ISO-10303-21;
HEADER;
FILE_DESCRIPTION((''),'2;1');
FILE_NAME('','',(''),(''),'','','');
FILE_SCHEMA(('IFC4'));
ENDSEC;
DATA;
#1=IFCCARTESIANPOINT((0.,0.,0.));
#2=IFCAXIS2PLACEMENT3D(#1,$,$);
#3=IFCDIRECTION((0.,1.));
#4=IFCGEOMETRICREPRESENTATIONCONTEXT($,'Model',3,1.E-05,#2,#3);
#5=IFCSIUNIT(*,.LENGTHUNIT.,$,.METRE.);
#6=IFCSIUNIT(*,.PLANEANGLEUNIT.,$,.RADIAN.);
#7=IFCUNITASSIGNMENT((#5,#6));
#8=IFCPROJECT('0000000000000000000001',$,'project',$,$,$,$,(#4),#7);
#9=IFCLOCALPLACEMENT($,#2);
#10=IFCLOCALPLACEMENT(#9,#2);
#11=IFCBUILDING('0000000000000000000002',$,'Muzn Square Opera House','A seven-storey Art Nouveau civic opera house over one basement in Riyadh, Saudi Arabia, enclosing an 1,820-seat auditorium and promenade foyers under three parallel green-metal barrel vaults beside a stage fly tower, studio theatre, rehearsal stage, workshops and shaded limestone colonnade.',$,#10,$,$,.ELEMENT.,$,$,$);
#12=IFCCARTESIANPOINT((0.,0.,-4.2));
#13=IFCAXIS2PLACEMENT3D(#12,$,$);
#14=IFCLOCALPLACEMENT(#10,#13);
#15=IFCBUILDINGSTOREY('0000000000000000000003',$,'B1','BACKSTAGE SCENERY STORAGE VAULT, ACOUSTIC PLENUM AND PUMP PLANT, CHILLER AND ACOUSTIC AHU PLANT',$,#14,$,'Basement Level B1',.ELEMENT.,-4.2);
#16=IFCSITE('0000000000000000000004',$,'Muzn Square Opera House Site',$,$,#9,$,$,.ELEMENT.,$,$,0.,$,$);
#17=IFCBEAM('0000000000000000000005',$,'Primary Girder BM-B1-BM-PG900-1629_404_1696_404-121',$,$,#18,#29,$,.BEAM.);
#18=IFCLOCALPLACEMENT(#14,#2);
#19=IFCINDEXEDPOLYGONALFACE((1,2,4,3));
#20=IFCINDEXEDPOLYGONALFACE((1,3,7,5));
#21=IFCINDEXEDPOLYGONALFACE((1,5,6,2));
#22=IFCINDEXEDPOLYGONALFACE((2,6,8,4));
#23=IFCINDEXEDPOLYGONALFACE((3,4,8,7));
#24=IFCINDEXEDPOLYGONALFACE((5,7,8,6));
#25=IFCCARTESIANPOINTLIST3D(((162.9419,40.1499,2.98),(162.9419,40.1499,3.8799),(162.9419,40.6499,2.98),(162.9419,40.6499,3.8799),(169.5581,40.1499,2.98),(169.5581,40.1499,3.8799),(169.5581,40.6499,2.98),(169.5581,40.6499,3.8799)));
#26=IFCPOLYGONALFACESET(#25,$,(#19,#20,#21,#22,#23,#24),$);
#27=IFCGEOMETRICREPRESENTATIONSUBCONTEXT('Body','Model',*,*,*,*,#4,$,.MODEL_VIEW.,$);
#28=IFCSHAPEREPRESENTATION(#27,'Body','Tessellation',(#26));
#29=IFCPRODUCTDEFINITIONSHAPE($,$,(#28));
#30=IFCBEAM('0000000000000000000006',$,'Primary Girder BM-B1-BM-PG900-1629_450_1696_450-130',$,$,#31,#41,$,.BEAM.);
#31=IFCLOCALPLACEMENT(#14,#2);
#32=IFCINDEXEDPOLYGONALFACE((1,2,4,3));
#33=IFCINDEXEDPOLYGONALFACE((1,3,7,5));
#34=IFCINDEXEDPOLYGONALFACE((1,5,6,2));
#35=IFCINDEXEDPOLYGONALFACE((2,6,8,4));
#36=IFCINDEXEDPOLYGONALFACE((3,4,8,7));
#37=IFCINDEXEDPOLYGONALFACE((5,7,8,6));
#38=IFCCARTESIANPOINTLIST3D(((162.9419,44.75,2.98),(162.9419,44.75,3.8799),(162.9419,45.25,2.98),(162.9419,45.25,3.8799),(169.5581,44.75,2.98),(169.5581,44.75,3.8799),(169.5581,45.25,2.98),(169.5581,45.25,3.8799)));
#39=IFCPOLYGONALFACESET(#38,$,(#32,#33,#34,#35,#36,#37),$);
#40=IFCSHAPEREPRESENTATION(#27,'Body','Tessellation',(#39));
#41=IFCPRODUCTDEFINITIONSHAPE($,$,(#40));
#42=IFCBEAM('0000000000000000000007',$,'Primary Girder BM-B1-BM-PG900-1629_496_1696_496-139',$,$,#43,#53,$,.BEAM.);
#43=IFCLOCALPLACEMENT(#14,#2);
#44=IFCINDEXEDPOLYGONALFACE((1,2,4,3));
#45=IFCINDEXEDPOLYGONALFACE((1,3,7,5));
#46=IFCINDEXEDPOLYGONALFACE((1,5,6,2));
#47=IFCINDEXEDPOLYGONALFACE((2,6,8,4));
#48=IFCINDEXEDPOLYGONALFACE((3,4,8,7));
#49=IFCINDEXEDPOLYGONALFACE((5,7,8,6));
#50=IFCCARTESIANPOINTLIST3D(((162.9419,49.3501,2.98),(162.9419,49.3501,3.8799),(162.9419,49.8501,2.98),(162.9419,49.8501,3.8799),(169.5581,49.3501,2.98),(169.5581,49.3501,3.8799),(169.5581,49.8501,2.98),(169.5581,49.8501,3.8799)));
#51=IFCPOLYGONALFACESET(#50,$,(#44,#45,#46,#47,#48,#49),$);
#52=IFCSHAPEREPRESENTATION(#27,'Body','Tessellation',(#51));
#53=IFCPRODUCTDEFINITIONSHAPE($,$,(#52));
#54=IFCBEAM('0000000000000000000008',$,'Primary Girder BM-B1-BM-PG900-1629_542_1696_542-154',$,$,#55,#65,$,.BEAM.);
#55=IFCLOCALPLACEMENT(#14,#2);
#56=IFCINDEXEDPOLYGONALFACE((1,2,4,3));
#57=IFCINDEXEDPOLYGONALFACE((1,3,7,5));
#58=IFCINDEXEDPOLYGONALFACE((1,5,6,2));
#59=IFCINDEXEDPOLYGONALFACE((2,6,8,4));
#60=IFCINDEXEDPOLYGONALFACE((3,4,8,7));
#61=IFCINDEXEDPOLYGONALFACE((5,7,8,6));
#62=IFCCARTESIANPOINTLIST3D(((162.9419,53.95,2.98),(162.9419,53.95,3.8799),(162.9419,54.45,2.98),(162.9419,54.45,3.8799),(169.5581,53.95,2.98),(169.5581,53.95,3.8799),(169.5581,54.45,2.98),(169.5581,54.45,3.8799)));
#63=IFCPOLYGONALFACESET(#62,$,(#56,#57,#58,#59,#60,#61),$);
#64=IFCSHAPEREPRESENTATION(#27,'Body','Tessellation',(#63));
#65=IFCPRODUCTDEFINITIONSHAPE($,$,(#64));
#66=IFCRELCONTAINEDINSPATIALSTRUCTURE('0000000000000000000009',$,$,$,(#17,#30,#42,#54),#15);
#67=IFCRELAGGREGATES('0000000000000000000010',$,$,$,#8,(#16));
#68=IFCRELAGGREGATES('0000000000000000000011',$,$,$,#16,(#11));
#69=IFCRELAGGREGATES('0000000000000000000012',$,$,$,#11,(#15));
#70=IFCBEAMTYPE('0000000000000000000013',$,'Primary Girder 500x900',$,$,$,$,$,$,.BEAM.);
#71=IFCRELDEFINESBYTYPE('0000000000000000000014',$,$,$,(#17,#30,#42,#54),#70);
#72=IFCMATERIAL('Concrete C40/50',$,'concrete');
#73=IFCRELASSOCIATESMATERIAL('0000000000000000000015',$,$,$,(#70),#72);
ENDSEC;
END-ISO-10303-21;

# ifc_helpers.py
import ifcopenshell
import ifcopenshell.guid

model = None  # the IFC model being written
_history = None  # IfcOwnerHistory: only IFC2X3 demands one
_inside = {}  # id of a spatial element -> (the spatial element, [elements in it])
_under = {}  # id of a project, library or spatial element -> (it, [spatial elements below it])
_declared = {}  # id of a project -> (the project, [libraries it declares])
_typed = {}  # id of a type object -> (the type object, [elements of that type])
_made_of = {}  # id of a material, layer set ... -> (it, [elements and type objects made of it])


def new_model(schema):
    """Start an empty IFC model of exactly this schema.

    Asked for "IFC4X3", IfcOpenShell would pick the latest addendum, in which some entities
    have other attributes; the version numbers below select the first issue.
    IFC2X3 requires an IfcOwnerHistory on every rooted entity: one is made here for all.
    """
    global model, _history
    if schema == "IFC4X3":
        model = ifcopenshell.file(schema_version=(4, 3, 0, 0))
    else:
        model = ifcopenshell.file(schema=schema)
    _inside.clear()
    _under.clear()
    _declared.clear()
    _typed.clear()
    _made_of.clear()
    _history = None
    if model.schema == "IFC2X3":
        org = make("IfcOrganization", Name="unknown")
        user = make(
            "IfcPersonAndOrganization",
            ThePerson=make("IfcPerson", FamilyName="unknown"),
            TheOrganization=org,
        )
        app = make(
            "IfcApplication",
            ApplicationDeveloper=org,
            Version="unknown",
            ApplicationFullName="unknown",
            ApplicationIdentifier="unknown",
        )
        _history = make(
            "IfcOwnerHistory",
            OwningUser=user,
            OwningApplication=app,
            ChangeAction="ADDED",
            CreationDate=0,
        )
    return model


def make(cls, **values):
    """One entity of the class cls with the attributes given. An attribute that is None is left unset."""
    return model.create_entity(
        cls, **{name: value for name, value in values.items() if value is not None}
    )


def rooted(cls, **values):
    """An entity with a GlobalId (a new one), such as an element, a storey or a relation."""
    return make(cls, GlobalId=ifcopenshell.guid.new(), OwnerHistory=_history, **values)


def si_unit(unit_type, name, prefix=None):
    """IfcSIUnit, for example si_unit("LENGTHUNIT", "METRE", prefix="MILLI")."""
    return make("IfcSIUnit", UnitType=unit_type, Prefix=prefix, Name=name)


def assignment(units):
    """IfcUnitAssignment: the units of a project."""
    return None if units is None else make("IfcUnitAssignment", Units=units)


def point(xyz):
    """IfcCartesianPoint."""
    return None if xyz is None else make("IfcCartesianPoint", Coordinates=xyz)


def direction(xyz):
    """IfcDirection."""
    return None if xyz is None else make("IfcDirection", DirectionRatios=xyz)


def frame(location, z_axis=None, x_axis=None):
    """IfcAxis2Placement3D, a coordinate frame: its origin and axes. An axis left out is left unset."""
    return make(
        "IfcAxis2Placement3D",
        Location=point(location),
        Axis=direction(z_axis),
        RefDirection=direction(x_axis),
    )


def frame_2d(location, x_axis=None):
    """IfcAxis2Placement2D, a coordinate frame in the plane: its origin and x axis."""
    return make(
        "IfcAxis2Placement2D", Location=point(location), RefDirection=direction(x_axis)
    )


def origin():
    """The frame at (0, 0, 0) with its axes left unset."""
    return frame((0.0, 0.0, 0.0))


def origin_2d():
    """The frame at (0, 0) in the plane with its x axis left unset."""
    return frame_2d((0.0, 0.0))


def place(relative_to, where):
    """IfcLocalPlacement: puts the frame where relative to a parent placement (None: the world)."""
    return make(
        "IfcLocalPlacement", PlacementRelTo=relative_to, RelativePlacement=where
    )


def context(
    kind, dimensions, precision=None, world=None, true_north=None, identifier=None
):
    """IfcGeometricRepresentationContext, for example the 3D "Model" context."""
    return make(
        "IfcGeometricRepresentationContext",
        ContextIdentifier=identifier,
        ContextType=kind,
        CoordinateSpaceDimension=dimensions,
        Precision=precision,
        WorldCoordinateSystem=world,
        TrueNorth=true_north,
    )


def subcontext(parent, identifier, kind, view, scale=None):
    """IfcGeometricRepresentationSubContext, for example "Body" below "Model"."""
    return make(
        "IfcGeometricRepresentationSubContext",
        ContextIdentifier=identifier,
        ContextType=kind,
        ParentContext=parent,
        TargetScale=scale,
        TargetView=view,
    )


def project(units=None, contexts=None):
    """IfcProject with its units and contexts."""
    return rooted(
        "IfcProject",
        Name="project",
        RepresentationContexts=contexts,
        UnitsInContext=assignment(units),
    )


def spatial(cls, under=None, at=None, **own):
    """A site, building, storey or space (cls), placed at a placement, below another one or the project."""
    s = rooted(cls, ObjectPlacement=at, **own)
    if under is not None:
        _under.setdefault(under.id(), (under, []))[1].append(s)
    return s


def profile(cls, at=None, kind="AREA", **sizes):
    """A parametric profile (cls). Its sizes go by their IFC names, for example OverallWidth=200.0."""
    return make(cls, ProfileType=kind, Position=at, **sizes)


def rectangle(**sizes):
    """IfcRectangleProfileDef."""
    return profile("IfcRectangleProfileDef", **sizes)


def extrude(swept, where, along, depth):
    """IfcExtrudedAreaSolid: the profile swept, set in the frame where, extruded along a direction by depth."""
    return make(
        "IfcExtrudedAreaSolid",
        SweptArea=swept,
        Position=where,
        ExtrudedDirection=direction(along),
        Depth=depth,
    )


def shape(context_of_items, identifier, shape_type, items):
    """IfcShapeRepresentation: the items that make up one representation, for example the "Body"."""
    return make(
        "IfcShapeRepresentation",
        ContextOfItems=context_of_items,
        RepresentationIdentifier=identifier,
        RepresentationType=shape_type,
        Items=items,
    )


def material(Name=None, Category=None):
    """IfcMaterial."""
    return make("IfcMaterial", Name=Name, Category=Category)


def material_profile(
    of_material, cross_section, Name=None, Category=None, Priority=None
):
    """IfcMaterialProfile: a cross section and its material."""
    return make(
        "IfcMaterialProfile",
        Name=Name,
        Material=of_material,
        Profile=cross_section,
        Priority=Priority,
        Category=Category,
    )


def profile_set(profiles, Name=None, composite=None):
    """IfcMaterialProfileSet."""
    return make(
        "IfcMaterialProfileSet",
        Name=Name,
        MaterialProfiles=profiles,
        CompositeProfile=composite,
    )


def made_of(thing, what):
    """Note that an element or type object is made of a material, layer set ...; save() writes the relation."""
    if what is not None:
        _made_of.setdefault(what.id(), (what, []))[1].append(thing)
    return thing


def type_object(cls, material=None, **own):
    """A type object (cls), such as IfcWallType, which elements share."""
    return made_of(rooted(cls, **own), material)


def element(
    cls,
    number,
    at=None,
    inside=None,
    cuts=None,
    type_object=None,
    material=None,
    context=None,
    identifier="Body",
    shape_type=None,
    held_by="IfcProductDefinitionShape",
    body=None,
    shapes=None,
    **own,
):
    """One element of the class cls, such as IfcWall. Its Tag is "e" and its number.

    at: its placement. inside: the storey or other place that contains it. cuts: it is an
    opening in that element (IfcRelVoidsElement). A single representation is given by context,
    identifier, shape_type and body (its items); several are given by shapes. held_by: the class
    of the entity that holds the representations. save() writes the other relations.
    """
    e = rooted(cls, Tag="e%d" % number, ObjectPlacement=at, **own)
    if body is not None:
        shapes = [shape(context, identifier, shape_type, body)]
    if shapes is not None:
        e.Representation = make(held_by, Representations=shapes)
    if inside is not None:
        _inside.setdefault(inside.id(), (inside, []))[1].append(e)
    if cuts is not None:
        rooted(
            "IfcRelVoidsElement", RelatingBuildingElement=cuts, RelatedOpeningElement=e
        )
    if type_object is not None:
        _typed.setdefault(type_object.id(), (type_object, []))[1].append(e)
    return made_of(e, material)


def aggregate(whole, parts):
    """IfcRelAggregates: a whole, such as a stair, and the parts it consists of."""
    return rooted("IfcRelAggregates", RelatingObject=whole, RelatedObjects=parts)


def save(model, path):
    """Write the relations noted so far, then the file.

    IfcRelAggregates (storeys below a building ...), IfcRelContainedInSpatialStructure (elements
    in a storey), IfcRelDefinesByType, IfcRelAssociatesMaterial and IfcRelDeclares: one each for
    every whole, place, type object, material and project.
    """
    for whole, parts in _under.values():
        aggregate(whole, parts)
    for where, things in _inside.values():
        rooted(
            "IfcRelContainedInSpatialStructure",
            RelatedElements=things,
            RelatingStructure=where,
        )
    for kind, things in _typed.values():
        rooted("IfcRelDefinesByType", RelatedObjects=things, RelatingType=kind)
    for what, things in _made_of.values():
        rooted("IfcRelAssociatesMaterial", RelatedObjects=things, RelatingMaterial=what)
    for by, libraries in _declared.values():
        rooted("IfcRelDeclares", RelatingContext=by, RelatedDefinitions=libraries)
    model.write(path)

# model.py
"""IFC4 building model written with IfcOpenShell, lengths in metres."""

from ifc_helpers import new_model, si_unit, direction, frame, origin, origin_2d, place, context, subcontext, project, spatial, rectangle, extrude, material, material_profile, profile_set, type_object, element, save


model = new_model("IFC4")

# Units and contexts
model_context = context("Model", 3, precision=1e-05, world=origin(), true_north=direction((0.0, 1.0)))
body_context = subcontext(model_context, "Body", "Model", "MODEL_VIEW")
ifc_project = project(units=[si_unit("LENGTHUNIT", "METRE"), si_unit("PLANEANGLEUNIT", "RADIAN")], contexts=[model_context])

# Site, building, storey
site_placement = place(None, origin())
site = spatial("IfcSite", under=ifc_project, at=site_placement, Name="Muzn Square Opera House Site", CompositionType="ELEMENT", RefElevation=0.0)
building_placement = place(site_placement, origin())
building = spatial("IfcBuilding", under=site, at=building_placement, Name="Muzn Square Opera House", Description="A seven-storey Art Nouveau civic opera house over one basement in Riyadh, Saudi Arabia, enclosing an 1,820-seat auditorium and promenade foyers under three parallel green-metal barrel vaults beside a stage fly tower, studio theatre, rehearsal stage, workshops and shaded limestone colonnade.", CompositionType="ELEMENT")
storey_placement = place(building_placement, frame((0.0, 0.0, -4.2)))
storey = spatial("IfcBuildingStorey", under=building, at=storey_placement, Name="B1", Description="BACKSTAGE SCENERY STORAGE VAULT, ACOUSTIC PLENUM AND PUMP PLANT, CHILLER AND ACOUSTIC AHU PLANT", LongName="Basement Level B1", CompositionType="ELEMENT", Elevation=-4.2)

# Shared definitions
ifc_material_1 = material(Name="Concrete C40/50", Category="concrete")

# Beams
ifc_material_profile_1 = material_profile(ifc_material_1, rectangle(XDim=0.5, YDim=0.8999, at=origin_2d()), Name="RCB 500x900", Category="concrete")
ifc_profile_set_1 = profile_set([ifc_material_profile_1], Name="Concrete C40/50")
beam_type_1 = type_object("IfcBeamType", Name="Primary Girder 500x900", PredefinedType="BEAM", material=ifc_profile_set_1)
for number, where, z_axis, x_axis, name in (
    (1, (162.9419, 40.3999, 3.4299), (1.0, 0.0, 0.0), (0.0, 1.0, 0.0), "Primary Girder BM-B1-BM-PG900-1629_404_1696_404-121"),
    (2, (162.9419, 45.0, 3.4299), (1.0, 0.0, 0.0), (0.0, 1.0, 0.0), "Primary Girder BM-B1-BM-PG900-1629_450_1696_450-130"),
    (3, (162.9419, 49.6001, 3.4299), (1.0, 0.0, 0.0), (0.0, 1.0, 0.0), "Primary Girder BM-B1-BM-PG900-1629_496_1696_496-139"),
    (4, (162.9419, 54.2, 3.4299), (1.0, 0.0, 0.0), (0.0, 1.0, 0.0), "Primary Girder BM-B1-BM-PG900-1629_542_1696_542-154"),
):
    element("IfcBeam", number, at=place(storey_placement, frame(where, z_axis=z_axis, x_axis=x_axis)), inside=storey, type_object=beam_type_1, Name=name, PredefinedType="BEAM", context=body_context, shape_type="SweptSolid", body=[
        extrude(rectangle(XDim=0.5, YDim=0.8999, at=origin_2d()), origin(), (0.0, 0.0, 1.0), 6.6162),
    ])

save(model, "model.ifc")
